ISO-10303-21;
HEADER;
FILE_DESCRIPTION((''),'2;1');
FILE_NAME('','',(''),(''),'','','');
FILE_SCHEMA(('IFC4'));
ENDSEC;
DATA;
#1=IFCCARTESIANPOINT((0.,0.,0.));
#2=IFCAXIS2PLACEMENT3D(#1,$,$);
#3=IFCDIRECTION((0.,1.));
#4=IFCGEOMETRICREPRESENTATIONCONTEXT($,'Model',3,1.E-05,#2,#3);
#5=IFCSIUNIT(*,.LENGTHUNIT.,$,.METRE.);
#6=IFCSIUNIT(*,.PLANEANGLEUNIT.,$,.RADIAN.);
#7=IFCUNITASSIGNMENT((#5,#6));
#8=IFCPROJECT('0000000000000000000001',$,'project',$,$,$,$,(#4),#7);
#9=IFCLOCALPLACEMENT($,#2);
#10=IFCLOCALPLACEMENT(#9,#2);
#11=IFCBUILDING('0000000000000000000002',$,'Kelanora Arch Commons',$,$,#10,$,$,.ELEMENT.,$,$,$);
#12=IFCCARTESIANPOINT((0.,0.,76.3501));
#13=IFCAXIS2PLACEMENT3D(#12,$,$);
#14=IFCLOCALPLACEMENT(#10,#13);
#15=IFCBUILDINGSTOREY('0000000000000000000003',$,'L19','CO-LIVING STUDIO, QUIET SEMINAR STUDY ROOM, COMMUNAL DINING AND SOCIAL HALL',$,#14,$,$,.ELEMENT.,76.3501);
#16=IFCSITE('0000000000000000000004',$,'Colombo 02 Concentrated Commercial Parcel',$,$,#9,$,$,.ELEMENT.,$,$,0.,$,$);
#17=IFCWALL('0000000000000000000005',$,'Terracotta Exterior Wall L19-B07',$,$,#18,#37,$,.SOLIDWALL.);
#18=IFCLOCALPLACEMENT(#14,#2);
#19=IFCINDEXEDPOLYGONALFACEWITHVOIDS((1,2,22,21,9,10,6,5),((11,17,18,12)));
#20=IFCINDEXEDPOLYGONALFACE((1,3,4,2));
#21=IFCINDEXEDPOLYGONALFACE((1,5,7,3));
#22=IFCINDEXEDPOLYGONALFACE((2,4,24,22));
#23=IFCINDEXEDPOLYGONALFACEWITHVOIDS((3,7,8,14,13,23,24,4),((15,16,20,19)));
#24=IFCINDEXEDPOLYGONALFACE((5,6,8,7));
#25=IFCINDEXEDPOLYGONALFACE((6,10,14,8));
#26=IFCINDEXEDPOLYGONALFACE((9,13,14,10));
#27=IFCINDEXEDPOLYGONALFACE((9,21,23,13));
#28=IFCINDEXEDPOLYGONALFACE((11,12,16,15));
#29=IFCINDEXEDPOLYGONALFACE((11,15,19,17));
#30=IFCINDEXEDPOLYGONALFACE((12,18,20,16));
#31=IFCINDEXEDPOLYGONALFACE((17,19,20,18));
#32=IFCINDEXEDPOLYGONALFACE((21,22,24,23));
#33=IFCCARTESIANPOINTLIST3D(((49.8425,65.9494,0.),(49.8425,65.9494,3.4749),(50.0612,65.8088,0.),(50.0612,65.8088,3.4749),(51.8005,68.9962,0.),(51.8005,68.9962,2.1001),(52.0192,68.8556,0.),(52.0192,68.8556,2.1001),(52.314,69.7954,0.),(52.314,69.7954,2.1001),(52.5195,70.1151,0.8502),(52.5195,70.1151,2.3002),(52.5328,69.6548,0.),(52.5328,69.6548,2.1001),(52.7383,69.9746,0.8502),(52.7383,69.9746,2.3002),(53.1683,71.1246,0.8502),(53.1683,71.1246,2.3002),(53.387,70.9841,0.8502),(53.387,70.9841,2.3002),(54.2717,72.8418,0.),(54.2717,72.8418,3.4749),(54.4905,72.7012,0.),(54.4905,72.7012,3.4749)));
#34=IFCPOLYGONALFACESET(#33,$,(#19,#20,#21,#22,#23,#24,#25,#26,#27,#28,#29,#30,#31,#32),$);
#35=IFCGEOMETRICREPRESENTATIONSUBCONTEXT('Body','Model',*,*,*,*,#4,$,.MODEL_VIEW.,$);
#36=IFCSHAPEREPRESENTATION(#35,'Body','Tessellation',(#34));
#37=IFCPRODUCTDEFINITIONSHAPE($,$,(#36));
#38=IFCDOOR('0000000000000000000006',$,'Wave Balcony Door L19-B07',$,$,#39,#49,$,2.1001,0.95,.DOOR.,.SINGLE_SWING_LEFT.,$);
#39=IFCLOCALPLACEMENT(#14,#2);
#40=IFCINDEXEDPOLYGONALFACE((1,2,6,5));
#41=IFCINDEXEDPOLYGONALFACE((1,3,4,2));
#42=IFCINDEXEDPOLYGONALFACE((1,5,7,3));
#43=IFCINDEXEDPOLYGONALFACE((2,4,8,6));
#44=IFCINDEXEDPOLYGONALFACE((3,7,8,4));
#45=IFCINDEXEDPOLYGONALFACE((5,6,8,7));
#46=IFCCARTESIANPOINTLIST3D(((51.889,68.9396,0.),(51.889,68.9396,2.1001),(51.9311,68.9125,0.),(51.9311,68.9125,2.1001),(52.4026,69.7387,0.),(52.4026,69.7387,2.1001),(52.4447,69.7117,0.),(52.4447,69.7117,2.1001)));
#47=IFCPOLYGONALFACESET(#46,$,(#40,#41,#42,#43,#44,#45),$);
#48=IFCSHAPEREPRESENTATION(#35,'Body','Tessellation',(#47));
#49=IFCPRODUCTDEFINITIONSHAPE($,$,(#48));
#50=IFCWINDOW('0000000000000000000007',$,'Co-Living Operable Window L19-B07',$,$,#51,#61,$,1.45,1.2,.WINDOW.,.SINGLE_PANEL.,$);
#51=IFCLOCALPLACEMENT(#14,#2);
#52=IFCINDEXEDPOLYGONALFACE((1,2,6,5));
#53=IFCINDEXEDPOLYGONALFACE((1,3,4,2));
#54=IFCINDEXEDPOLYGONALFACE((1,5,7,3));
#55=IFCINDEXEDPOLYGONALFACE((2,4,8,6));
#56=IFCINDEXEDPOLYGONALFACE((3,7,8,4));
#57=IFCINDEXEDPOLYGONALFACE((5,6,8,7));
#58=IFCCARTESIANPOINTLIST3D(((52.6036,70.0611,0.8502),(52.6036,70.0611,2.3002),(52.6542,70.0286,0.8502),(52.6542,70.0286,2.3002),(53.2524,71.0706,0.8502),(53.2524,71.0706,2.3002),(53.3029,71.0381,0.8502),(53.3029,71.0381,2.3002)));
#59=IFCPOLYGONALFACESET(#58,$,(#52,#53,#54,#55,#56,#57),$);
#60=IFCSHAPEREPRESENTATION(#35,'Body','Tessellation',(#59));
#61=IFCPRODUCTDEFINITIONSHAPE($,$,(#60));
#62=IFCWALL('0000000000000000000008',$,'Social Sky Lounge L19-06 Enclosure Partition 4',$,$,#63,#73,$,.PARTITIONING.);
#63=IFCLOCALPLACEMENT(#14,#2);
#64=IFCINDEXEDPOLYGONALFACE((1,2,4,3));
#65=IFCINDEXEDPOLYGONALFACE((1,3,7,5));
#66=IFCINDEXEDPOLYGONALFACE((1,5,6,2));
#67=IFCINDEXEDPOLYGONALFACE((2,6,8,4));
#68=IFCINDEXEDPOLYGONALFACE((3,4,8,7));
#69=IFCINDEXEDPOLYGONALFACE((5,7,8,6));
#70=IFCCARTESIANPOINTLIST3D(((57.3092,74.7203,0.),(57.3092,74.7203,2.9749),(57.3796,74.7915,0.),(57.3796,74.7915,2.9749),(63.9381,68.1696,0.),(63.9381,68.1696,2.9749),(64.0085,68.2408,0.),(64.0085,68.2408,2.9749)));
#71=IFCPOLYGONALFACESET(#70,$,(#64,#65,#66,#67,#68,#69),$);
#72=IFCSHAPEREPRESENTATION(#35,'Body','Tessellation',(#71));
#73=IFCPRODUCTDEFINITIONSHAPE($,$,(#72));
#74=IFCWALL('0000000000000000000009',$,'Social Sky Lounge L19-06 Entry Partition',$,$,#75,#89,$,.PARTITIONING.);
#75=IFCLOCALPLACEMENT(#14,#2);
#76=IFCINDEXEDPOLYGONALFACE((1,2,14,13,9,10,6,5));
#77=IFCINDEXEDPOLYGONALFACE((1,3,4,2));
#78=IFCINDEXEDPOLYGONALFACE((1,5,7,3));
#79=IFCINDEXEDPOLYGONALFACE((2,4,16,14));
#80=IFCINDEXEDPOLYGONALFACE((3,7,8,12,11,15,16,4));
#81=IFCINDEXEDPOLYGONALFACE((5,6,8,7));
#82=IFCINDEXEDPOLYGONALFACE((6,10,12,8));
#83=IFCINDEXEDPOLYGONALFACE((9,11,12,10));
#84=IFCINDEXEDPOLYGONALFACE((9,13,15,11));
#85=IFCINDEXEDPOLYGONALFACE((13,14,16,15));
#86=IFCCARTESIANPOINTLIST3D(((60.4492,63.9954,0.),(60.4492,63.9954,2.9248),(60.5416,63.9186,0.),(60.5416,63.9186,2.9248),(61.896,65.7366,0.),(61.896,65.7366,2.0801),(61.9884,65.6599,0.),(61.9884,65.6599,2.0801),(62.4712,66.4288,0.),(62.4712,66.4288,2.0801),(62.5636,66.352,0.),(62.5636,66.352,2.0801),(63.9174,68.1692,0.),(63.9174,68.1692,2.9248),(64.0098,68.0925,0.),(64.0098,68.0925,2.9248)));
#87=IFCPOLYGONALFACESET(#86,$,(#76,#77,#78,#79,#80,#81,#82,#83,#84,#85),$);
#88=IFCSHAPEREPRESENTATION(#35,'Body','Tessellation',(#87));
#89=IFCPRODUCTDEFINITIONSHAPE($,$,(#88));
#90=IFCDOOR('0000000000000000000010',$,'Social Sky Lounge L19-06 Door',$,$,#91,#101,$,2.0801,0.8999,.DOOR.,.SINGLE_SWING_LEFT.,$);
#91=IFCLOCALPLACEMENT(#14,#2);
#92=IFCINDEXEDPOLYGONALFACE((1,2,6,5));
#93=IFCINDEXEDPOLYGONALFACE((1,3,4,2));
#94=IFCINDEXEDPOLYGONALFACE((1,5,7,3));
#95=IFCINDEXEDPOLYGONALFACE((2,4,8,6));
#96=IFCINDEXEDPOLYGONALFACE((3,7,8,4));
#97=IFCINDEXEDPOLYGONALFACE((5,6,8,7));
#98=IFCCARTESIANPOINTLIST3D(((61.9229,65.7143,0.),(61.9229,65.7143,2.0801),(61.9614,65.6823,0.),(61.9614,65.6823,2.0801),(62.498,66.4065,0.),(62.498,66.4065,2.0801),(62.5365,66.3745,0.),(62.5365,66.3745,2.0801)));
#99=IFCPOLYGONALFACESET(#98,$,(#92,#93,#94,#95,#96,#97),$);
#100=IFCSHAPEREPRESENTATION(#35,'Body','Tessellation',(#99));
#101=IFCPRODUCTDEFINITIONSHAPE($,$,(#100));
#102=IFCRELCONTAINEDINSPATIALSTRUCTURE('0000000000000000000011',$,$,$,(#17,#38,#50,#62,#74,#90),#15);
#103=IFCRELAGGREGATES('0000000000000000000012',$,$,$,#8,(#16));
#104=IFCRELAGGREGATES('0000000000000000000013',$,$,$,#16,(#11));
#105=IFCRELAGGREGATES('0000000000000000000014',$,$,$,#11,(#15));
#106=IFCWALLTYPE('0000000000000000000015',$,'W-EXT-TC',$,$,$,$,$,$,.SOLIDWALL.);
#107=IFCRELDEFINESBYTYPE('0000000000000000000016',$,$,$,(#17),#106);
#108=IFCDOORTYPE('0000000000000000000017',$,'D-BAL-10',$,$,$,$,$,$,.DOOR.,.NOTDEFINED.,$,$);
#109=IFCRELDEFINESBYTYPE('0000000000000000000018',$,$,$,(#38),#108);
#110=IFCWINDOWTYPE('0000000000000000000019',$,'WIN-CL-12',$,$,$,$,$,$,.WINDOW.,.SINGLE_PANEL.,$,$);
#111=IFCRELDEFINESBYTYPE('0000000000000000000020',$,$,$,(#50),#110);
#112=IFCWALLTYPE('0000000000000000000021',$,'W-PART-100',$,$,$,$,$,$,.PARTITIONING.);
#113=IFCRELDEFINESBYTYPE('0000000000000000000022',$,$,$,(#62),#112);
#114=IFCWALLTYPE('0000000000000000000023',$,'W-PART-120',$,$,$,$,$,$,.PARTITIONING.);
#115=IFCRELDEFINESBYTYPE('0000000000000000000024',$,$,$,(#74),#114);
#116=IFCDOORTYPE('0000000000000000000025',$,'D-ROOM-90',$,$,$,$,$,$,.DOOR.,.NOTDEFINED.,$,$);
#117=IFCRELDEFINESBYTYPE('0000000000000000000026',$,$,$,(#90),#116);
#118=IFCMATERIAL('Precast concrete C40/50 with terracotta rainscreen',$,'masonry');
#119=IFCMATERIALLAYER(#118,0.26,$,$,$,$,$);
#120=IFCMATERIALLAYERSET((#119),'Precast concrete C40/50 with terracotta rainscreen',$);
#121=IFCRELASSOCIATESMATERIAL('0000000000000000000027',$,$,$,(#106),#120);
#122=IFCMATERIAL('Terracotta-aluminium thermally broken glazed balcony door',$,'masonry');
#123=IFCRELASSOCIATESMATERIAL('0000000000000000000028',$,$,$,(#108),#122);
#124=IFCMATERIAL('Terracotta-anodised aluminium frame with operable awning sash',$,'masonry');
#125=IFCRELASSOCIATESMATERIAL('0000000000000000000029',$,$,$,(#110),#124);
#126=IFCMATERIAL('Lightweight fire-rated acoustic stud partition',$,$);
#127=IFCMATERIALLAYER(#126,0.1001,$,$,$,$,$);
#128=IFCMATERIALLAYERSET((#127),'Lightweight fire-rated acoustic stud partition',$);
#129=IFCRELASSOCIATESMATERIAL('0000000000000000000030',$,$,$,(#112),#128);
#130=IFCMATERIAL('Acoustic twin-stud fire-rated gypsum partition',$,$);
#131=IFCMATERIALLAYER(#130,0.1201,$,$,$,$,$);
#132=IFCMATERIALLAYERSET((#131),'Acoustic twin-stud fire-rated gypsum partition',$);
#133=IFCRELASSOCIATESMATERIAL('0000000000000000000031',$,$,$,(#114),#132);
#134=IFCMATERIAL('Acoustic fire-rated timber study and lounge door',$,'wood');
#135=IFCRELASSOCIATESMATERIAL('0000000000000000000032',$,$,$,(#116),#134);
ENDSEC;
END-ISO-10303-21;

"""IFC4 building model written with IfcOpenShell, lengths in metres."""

from ifc_helpers import new_model, si_unit, direction, frame, frame_2d, origin, place, context, subcontext, project, spatial, rectangle, extrude, material, layer, layer_set, type_object, element, fill, save


model = new_model("IFC4")

# Units and contexts
model_context = context("Model", 3, precision=1e-05, world=origin(), true_north=direction((0.0, 1.0)))
body_context = subcontext(model_context, "Body", "Model", "MODEL_VIEW")
ifc_project = project(units=[si_unit("LENGTHUNIT", "METRE"), si_unit("PLANEANGLEUNIT", "RADIAN")], contexts=[model_context])

# Site, building, storey
site_placement = place(None, origin())
site = spatial("IfcSite", under=ifc_project, at=site_placement, Name="Colombo 02 Concentrated Commercial Parcel", CompositionType="ELEMENT", RefElevation=0.0)
building_placement = place(site_placement, origin())
building = spatial("IfcBuilding", under=site, at=building_placement, Name="Kelanora Arch Commons", CompositionType="ELEMENT")
storey_placement = place(building_placement, frame((0.0, 0.0, 76.3501)))
storey = spatial("IfcBuildingStorey", under=building, at=storey_placement, Name="L19", Description="CO-LIVING STUDIO, QUIET SEMINAR STUDY ROOM, COMMUNAL DINING AND SOCIAL HALL", CompositionType="ELEMENT", Elevation=76.3501)

# Shared definitions
ifc_material_1 = material(Name="Precast concrete C40/50 with terracotta rainscreen", Category="masonry")
ifc_layer_1 = layer(ifc_material_1, 0.26)
ifc_layer_set_1 = layer_set([ifc_layer_1], Name="Precast concrete C40/50 with terracotta rainscreen")
wall_type_1 = type_object("IfcWallType", Name="W-EXT-TC", PredefinedType="SOLIDWALL", material=ifc_layer_set_1)

# Wall, openings, door, window
wall_1_placement = place(storey_placement, frame((54.3811, 72.7715, 0.0), z_axis=(0.0, 0.0, 1.0), x_axis=(-0.540621, -0.841267, 0.0)))
wall_1 = element("IfcWall", 1, at=wall_1_placement, inside=storey, type_object=wall_type_1, Name="Terracotta Exterior Wall L19-B07", PredefinedType="SOLIDWALL", context=body_context, shape_type="SweptSolid", body=[
    extrude(rectangle(XDim=8.1929, YDim=0.26, at=frame_2d((4.0964, 0.0))), origin(), (0.0, 0.0, 1.0), 3.4749),
])
opening_1_placement = place(wall_1_placement, frame((3.6211, 0.0, 0.0)))
opening_1 = element("IfcOpeningElement", 2, at=opening_1_placement, cuts=wall_1, PredefinedType="OPENING", context=body_context, shape_type="SweptSolid", body=[
    extrude(rectangle(XDim=0.95, YDim=2.1001, at=frame_2d((0.4751, 1.05))), frame((0.0, 0.1401, 0.0), z_axis=(0.0, -1.0, 0.0), x_axis=(1.0, 0.0, 0.0)), (0.0, 0.0, 1.0), 0.28),
])
opening_2_placement = place(wall_1_placement, frame((2.041, 0.0, 0.8501)))
opening_2 = element("IfcOpeningElement", 3, at=opening_2_placement, cuts=wall_1, PredefinedType="OPENING", context=body_context, shape_type="SweptSolid", body=[
    extrude(rectangle(XDim=1.2, YDim=1.45, at=frame_2d((0.6001, 0.7251))), frame((0.0, 0.1401, 0.0), z_axis=(0.0, -1.0, 0.0), x_axis=(1.0, 0.0, 0.0)), (0.0, 0.0, 1.0), 0.28),
])
ifc_material_2 = material(Name="Terracotta-aluminium thermally broken glazed balcony door", Category="masonry")
door_type_1 = type_object("IfcDoorType", Name="D-BAL-10", OperationType="NOTDEFINED", PredefinedType="DOOR", material=ifc_material_2)
door_1_placement = place(opening_1_placement, frame((0.95, 0.0, 0.0), z_axis=(0.0, 0.0, 1.0), x_axis=(-1.0, 0.0, 0.0)))
door_1 = element("IfcDoor", 4, at=door_1_placement, inside=storey, type_object=door_type_1, Name="Wave Balcony Door L19-B07", OperationType="SINGLE_SWING_LEFT", OverallHeight=2.1001, OverallWidth=0.95, PredefinedType="DOOR", context=body_context, shape_type="SweptSolid", body=[
    extrude(rectangle(XDim=0.95, YDim=2.1001, at=frame_2d((0.4751, 1.05))), frame((0.0, 0.0249, 0.0), z_axis=(0.0, -1.0, 0.0), x_axis=(1.0, 0.0, 0.0)), (0.0, 0.0, 1.0), 0.05),
])
fill(opening_1, door_1)
ifc_material_3 = material(Name="Terracotta-anodised aluminium frame with operable awning sash", Category="masonry")
window_type_1 = type_object("IfcWindowType", Name="WIN-CL-12", PartitioningType="SINGLE_PANEL", PredefinedType="WINDOW", material=ifc_material_3)
window_1_placement = place(opening_2_placement, origin())
window_1 = element("IfcWindow", 5, at=window_1_placement, inside=storey, type_object=window_type_1, Name="Co-Living Operable Window L19-B07", OverallHeight=1.45, OverallWidth=1.2, PartitioningType="SINGLE_PANEL", PredefinedType="WINDOW", context=body_context, shape_type="SweptSolid", body=[
    extrude(rectangle(XDim=1.2, YDim=1.45, at=frame_2d((0.6001, 0.7251))), frame((0.0, 0.03, 0.0), z_axis=(0.0, -1.0, 0.0), x_axis=(1.0, 0.0, 0.0)), (0.0, 0.0, 1.0), 0.0601),
])
fill(opening_2, window_1)

# Wall
ifc_material_4 = material(Name="Lightweight fire-rated acoustic stud partition")
ifc_layer_2 = layer(ifc_material_4, 0.1001)
ifc_layer_set_2 = layer_set([ifc_layer_2], Name="Lightweight fire-rated acoustic stud partition")
wall_type_2 = type_object("IfcWallType", Name="W-PART-100", PredefinedType="PARTITIONING", material=ifc_layer_set_2)
wall_2_placement = place(storey_placement, frame((57.3445, 74.7559, 0.0), z_axis=(0.0, 0.0, 1.0), x_axis=(0.711286, -0.702903, 0.0)))
element("IfcWall", 6, at=wall_2_placement, inside=storey, type_object=wall_type_2, Name="Social Sky Lounge L19-06 Enclosure Partition 4", PredefinedType="PARTITIONING", context=body_context, shape_type="SweptSolid", body=[
    extrude(rectangle(XDim=9.3196, YDim=0.1001, at=frame_2d((4.6597, 0.0))), origin(), (0.0, 0.0, 1.0), 2.9749),
])

# Wall, opening, door
ifc_material_5 = material(Name="Acoustic twin-stud fire-rated gypsum partition")
ifc_layer_3 = layer(ifc_material_5, 0.1201)
ifc_layer_set_3 = layer_set([ifc_layer_3], Name="Acoustic twin-stud fire-rated gypsum partition")
wall_type_3 = type_object("IfcWallType", Name="W-PART-120", PredefinedType="PARTITIONING", material=ifc_layer_set_3)
wall_3_placement = place(storey_placement, frame((63.9636, 68.1309, 0.0), z_axis=(0.0, 0.0, 1.0), x_axis=(-0.639104, -0.76912, 0.0)))
wall_3 = element("IfcWall", 7, at=wall_3_placement, inside=storey, type_object=wall_type_3, Name="Social Sky Lounge L19-06 Entry Partition", PredefinedType="PARTITIONING", context=body_context, shape_type="SweptSolid", body=[
    extrude(rectangle(XDim=5.4268, YDim=0.1201, at=frame_2d((2.7134, 0.0))), origin(), (0.0, 0.0, 1.0), 2.9248),
])
opening_3_placement = place(wall_3_placement, frame((2.2629, 0.0, 0.0)))
opening_3 = element("IfcOpeningElement", 8, at=opening_3_placement, cuts=wall_3, PredefinedType="OPENING", context=body_context, shape_type="SweptSolid", body=[
    extrude(rectangle(XDim=0.8999, YDim=2.0801, at=frame_2d((0.45, 1.04))), frame((0.0, 0.0701, 0.0), z_axis=(0.0, -1.0, 0.0), x_axis=(1.0, 0.0, 0.0)), (0.0, 0.0, 1.0), 0.1401),
])
ifc_material_6 = material(Name="Acoustic fire-rated timber study and lounge door", Category="wood")
door_type_2 = type_object("IfcDoorType", Name="D-ROOM-90", OperationType="NOTDEFINED", PredefinedType="DOOR", material=ifc_material_6)
door_2_placement = place(opening_3_placement, origin())
door_2 = element("IfcDoor", 9, at=door_2_placement, inside=storey, type_object=door_type_2, Name="Social Sky Lounge L19-06 Door", OperationType="SINGLE_SWING_LEFT", OverallHeight=2.0801, OverallWidth=0.8999, PredefinedType="DOOR", context=body_context, shape_type="SweptSolid", body=[
    extrude(rectangle(XDim=0.8999, YDim=2.0801, at=frame_2d((0.45, 1.04))), frame((0.0, 0.0249, 0.0), z_axis=(0.0, -1.0, 0.0), x_axis=(1.0, 0.0, 0.0)), (0.0, 0.0, 1.0), 0.05),
])
fill(opening_3, door_2)

save(model, "model.ifc")
